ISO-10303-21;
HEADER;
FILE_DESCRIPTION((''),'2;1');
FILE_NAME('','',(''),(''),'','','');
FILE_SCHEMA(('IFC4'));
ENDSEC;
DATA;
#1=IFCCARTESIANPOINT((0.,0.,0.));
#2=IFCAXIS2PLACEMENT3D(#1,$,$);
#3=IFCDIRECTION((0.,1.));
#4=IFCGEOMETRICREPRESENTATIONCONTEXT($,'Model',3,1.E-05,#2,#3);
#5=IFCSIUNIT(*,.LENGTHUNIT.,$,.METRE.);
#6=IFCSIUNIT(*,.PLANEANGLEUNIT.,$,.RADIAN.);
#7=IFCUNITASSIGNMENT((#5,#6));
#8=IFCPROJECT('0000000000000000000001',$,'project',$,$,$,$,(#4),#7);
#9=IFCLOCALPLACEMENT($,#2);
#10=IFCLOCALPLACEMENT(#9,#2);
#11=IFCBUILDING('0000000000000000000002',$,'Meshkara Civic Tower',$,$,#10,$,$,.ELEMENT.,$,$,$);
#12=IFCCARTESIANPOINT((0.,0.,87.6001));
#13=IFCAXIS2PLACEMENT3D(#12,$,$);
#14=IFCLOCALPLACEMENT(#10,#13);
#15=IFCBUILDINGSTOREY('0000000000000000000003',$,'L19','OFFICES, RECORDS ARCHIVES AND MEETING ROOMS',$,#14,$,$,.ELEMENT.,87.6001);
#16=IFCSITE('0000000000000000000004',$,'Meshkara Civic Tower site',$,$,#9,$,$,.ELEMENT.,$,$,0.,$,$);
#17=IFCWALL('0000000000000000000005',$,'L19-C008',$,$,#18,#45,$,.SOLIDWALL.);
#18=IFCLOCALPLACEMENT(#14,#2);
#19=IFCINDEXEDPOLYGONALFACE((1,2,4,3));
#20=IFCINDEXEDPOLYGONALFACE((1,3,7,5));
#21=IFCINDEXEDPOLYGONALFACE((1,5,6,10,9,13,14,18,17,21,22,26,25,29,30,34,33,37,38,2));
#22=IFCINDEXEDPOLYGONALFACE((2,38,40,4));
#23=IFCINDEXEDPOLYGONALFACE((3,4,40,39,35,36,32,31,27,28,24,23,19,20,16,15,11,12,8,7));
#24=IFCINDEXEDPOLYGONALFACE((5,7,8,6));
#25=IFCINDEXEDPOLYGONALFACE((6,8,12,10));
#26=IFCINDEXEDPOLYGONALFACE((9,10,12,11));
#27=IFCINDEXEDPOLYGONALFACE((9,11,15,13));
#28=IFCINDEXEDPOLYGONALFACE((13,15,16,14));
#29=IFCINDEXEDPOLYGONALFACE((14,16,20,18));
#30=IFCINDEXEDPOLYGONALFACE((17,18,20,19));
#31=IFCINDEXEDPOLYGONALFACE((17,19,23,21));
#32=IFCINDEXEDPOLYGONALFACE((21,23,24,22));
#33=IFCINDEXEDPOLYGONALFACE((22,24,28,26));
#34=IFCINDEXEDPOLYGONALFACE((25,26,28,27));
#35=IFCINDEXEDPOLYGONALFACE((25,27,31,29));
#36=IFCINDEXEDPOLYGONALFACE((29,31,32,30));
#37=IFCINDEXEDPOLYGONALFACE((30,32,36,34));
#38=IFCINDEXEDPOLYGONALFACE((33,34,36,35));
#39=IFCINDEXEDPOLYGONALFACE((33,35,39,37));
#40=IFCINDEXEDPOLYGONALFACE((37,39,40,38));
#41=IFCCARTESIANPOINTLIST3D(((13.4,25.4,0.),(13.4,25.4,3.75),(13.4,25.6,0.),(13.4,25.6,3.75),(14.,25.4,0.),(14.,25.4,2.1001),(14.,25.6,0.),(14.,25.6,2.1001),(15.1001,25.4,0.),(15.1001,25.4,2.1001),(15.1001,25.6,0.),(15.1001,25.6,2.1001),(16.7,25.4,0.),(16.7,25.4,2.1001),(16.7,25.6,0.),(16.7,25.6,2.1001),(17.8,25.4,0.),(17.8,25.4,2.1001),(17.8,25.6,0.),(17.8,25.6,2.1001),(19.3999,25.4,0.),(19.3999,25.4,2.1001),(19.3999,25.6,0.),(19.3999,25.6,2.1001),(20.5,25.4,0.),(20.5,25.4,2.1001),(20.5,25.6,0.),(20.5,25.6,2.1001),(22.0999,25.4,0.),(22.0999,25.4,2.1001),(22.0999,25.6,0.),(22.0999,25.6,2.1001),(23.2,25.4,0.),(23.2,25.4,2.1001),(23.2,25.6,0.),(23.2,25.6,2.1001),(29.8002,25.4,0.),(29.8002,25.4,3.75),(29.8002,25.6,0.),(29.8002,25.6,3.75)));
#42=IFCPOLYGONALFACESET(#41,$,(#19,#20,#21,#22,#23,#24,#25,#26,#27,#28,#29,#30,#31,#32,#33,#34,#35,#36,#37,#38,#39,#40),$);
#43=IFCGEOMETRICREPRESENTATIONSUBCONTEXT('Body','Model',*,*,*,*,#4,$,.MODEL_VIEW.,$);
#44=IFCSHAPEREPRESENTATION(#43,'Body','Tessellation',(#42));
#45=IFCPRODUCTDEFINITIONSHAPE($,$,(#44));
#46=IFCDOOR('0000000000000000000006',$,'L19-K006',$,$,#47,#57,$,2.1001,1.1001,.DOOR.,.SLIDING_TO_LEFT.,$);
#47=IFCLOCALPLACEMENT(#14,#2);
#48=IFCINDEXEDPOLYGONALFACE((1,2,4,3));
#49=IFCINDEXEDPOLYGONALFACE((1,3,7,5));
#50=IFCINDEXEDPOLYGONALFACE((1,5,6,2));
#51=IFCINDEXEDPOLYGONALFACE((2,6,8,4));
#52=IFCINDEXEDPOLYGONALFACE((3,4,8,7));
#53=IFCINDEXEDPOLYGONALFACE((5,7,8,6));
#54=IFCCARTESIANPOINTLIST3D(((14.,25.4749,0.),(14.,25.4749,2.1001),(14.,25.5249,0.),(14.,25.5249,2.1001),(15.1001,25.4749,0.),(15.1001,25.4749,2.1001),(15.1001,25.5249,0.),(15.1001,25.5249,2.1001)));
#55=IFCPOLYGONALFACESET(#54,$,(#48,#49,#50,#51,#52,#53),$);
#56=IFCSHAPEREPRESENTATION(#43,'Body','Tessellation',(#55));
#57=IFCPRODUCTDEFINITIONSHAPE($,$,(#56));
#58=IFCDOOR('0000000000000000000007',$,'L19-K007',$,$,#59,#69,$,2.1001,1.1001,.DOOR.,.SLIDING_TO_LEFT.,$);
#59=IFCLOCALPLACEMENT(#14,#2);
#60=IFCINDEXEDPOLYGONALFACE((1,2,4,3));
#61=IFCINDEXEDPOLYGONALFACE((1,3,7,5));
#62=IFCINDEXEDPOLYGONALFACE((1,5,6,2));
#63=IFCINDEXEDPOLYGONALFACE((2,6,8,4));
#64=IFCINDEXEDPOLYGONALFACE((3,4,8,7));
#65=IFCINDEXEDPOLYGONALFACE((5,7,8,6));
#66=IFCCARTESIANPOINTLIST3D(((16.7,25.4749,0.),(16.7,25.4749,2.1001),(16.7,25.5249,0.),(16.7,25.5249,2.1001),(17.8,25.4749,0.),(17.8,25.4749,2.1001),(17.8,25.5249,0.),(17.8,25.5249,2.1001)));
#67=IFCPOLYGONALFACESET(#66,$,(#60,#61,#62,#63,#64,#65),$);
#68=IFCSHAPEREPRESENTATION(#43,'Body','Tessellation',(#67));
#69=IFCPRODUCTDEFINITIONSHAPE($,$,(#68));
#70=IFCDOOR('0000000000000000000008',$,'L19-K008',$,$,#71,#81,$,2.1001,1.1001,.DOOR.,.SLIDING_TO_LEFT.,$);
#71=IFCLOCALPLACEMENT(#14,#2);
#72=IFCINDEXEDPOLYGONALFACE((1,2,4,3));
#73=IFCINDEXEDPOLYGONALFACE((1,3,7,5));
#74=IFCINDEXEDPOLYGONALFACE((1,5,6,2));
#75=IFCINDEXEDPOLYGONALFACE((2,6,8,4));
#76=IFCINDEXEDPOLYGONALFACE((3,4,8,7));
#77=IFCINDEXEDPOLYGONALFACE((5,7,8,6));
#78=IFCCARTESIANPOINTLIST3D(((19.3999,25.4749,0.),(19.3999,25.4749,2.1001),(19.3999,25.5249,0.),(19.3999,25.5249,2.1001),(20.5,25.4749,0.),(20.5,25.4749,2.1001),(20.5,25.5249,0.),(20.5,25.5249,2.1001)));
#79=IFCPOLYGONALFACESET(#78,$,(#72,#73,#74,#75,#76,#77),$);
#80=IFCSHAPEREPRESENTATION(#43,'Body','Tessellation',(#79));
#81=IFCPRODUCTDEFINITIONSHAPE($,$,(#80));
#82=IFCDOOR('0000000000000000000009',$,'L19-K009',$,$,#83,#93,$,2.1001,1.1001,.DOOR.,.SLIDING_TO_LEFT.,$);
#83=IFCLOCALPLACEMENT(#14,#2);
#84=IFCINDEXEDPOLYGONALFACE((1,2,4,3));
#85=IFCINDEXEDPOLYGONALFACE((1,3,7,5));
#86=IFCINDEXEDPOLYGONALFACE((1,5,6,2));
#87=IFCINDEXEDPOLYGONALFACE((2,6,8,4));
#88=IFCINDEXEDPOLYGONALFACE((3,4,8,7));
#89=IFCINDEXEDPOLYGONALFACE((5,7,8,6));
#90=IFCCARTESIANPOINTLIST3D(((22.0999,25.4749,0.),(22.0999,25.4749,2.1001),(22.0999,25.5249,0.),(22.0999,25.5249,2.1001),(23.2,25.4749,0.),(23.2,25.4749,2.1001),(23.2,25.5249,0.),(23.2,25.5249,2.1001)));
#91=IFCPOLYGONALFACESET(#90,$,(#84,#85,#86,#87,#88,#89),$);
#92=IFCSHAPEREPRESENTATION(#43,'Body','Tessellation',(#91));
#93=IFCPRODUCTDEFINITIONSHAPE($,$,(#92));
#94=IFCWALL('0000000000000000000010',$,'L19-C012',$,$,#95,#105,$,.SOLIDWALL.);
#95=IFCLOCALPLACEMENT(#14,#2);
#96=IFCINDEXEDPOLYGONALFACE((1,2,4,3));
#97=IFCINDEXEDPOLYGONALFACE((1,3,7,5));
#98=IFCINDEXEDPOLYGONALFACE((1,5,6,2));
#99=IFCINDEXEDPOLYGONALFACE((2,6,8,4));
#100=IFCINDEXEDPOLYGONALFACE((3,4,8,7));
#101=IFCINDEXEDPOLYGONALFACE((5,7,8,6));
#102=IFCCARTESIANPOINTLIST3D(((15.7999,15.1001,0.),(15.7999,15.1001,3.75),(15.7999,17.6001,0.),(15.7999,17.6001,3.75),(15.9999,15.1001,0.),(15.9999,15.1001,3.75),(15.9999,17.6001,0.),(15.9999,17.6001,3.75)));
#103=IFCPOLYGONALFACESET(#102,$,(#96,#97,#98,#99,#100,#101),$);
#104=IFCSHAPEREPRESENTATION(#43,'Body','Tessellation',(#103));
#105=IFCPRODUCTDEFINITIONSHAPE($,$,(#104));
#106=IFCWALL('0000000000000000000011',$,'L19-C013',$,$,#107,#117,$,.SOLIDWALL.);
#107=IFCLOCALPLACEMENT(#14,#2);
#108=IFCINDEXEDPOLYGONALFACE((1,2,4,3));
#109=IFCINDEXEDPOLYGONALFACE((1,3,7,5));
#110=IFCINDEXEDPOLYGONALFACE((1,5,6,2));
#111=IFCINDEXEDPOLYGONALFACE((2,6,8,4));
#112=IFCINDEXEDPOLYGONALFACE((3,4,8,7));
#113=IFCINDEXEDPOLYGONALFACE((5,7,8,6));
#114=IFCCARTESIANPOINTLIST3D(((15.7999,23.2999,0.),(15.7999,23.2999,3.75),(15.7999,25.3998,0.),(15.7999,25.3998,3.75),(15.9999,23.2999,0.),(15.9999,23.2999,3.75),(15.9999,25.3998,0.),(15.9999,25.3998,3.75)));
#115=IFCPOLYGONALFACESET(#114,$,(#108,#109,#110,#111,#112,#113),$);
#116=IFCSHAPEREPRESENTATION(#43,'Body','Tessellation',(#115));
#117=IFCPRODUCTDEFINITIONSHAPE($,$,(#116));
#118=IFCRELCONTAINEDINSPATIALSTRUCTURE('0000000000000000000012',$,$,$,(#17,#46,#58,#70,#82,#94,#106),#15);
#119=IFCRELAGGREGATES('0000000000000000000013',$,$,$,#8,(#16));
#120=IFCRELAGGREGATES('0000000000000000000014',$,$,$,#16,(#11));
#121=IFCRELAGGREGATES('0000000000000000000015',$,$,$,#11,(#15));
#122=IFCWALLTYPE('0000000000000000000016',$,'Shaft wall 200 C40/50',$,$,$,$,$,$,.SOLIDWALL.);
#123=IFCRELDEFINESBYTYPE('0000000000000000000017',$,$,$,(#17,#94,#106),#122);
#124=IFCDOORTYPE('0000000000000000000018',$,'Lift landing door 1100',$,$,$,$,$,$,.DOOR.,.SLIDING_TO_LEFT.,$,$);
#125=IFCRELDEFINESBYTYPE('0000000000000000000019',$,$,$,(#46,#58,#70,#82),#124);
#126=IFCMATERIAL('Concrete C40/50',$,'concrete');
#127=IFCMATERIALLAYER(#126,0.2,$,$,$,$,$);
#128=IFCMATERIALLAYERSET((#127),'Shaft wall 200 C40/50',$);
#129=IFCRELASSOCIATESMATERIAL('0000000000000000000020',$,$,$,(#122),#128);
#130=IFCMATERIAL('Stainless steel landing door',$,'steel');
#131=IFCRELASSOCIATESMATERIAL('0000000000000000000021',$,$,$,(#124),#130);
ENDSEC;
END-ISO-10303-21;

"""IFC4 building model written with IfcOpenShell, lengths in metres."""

from ifc_helpers import new_model, si_unit, direction, frame, frame_2d, origin, place, context, subcontext, project, spatial, rectangle, extrude, material, layer, layer_set, type_object, element, fill, save


model = new_model("IFC4")

# Units and contexts
model_context = context("Model", 3, precision=1e-05, world=origin(), true_north=direction((0.0, 1.0)))
body_context = subcontext(model_context, "Body", "Model", "MODEL_VIEW")
ifc_project = project(units=[si_unit("LENGTHUNIT", "METRE"), si_unit("PLANEANGLEUNIT", "RADIAN")], contexts=[model_context])

# Site, building, storey
site_placement = place(None, origin())
site = spatial("IfcSite", under=ifc_project, at=site_placement, Name="Meshkara Civic Tower site", CompositionType="ELEMENT", RefElevation=0.0)
building_placement = place(site_placement, origin())
building = spatial("IfcBuilding", under=site, at=building_placement, Name="Meshkara Civic Tower", CompositionType="ELEMENT")
storey_placement = place(building_placement, frame((0.0, 0.0, 87.6001)))
storey = spatial("IfcBuildingStorey", under=building, at=storey_placement, Name="L19", Description="OFFICES, RECORDS ARCHIVES AND MEETING ROOMS", CompositionType="ELEMENT", Elevation=87.6001)

# Wall, openings, doors
ifc_material_1 = material(Name="Concrete C40/50", Category="concrete")
ifc_layer_1 = layer(ifc_material_1, 0.2)
ifc_layer_set_1 = layer_set([ifc_layer_1], Name="Shaft wall 200 C40/50")
wall_type_1 = type_object("IfcWallType", Name="Shaft wall 200 C40/50", PredefinedType="SOLIDWALL", material=ifc_layer_set_1)
ifc_material_2 = material(Name="Stainless steel landing door", Category="steel")
door_type_1 = type_object("IfcDoorType", Name="Lift landing door 1100", OperationType="SLIDING_TO_LEFT", PredefinedType="DOOR", material=ifc_material_2)
wall_1_placement = place(storey_placement, frame((13.3999, 25.5, 0.0), z_axis=(0.0, 0.0, 1.0), x_axis=(1.0, 0.0, 0.0)))
wall_1 = element("IfcWall", 1, at=wall_1_placement, inside=storey, type_object=wall_type_1, Name="L19-C008", PredefinedType="SOLIDWALL", context=body_context, shape_type="SweptSolid", body=[
    extrude(rectangle(XDim=16.4001, YDim=0.2, at=frame_2d((8.2002, 0.0))), origin(), (0.0, 0.0, 1.0), 3.75),
])
opening_1_placement = place(wall_1_placement, frame((0.6001, 0.0, 0.0)))
opening_1 = element("IfcOpeningElement", 2, at=opening_1_placement, cuts=wall_1, PredefinedType="OPENING", context=body_context, shape_type="SweptSolid", body=[
    extrude(rectangle(XDim=1.1001, YDim=2.1001, at=frame_2d((0.55, 1.05))), frame((0.0, 0.1099, 0.0), z_axis=(0.0, -1.0, 0.0), x_axis=(1.0, 0.0, 0.0)), (0.0, 0.0, 1.0), 0.22),
])
opening_2_placement = place(wall_1_placement, frame((3.3, 0.0, 0.0)))
opening_2 = element("IfcOpeningElement", 3, at=opening_2_placement, cuts=wall_1, PredefinedType="OPENING", context=body_context, shape_type="SweptSolid", body=[
    extrude(rectangle(XDim=1.1001, YDim=2.1001, at=frame_2d((0.55, 1.05))), frame((0.0, 0.1099, 0.0), z_axis=(0.0, -1.0, 0.0), x_axis=(1.0, 0.0, 0.0)), (0.0, 0.0, 1.0), 0.22),
])
opening_3_placement = place(wall_1_placement, frame((6.0, 0.0, 0.0)))
opening_3 = element("IfcOpeningElement", 4, at=opening_3_placement, cuts=wall_1, PredefinedType="OPENING", context=body_context, shape_type="SweptSolid", body=[
    extrude(rectangle(XDim=1.1001, YDim=2.1001, at=frame_2d((0.55, 1.05))), frame((0.0, 0.1099, 0.0), z_axis=(0.0, -1.0, 0.0), x_axis=(1.0, 0.0, 0.0)), (0.0, 0.0, 1.0), 0.22),
])
opening_4_placement = place(wall_1_placement, frame((8.7, 0.0, 0.0)))
opening_4 = element("IfcOpeningElement", 5, at=opening_4_placement, cuts=wall_1, PredefinedType="OPENING", context=body_context, shape_type="SweptSolid", body=[
    extrude(rectangle(XDim=1.1001, YDim=2.1001, at=frame_2d((0.55, 1.05))), frame((0.0, 0.1099, 0.0), z_axis=(0.0, -1.0, 0.0), x_axis=(1.0, 0.0, 0.0)), (0.0, 0.0, 1.0), 0.22),
])
door_1_placement = place(opening_1_placement, origin())
door_1 = element("IfcDoor", 6, at=door_1_placement, inside=storey, type_object=door_type_1, Name="L19-K006", OperationType="SLIDING_TO_LEFT", OverallHeight=2.1001, OverallWidth=1.1001, PredefinedType="DOOR", context=body_context, shape_type="SweptSolid", body=[
    extrude(rectangle(XDim=1.1001, YDim=2.1001, at=frame_2d((0.55, 1.05))), frame((0.0, 0.0249, 0.0), z_axis=(0.0, -1.0, 0.0), x_axis=(1.0, 0.0, 0.0)), (0.0, 0.0, 1.0), 0.05),
])
fill(opening_1, door_1)
door_2_placement = place(opening_2_placement, origin())
door_2 = element("IfcDoor", 7, at=door_2_placement, inside=storey, type_object=door_type_1, Name="L19-K007", OperationType="SLIDING_TO_LEFT", OverallHeight=2.1001, OverallWidth=1.1001, PredefinedType="DOOR", context=body_context, shape_type="SweptSolid", body=[
    extrude(rectangle(XDim=1.1001, YDim=2.1001, at=frame_2d((0.55, 1.05))), frame((0.0, 0.0249, 0.0), z_axis=(0.0, -1.0, 0.0), x_axis=(1.0, 0.0, 0.0)), (0.0, 0.0, 1.0), 0.05),
])
fill(opening_2, door_2)
door_3_placement = place(opening_3_placement, origin())
door_3 = element("IfcDoor", 8, at=door_3_placement, inside=storey, type_object=door_type_1, Name="L19-K008", OperationType="SLIDING_TO_LEFT", OverallHeight=2.1001, OverallWidth=1.1001, PredefinedType="DOOR", context=body_context, shape_type="SweptSolid", body=[
    extrude(rectangle(XDim=1.1001, YDim=2.1001, at=frame_2d((0.55, 1.05))), frame((0.0, 0.0249, 0.0), z_axis=(0.0, -1.0, 0.0), x_axis=(1.0, 0.0, 0.0)), (0.0, 0.0, 1.0), 0.05),
])
fill(opening_3, door_3)
door_4_placement = place(opening_4_placement, origin())
door_4 = element("IfcDoor", 9, at=door_4_placement, inside=storey, type_object=door_type_1, Name="L19-K009", OperationType="SLIDING_TO_LEFT", OverallHeight=2.1001, OverallWidth=1.1001, PredefinedType="DOOR", context=body_context, shape_type="SweptSolid", body=[
    extrude(rectangle(XDim=1.1001, YDim=2.1001, at=frame_2d((0.55, 1.05))), frame((0.0, 0.0249, 0.0), z_axis=(0.0, -1.0, 0.0), x_axis=(1.0, 0.0, 0.0)), (0.0, 0.0, 1.0), 0.05),
])
fill(opening_4, door_4)

# Walls
wall_2_placement = place(storey_placement, frame((15.8999, 15.1001, 0.0), z_axis=(0.0, 0.0, 1.0), x_axis=(0.0, 1.0, 0.0)))
element("IfcWall", 10, at=wall_2_placement, inside=storey, type_object=wall_type_1, Name="L19-C012", PredefinedType="SOLIDWALL", context=body_context, shape_type="SweptSolid", body=[
    extrude(rectangle(XDim=2.5, YDim=0.2, at=frame_2d((1.25, 0.0))), origin(), (0.0, 0.0, 1.0), 3.75),
])
wall_3_placement = place(storey_placement, frame((15.8999, 23.3, 0.0), z_axis=(0.0, 0.0, 1.0), x_axis=(0.0, 1.0, 0.0)))
element("IfcWall", 11, at=wall_3_placement, inside=storey, type_object=wall_type_1, Name="L19-C013", PredefinedType="SOLIDWALL", context=body_context, shape_type="SweptSolid", body=[
    extrude(rectangle(XDim=2.0999, YDim=0.2, at=frame_2d((1.0498, 0.0))), origin(), (0.0, 0.0, 1.0), 3.75),
])

save(model, "model.ifc")
